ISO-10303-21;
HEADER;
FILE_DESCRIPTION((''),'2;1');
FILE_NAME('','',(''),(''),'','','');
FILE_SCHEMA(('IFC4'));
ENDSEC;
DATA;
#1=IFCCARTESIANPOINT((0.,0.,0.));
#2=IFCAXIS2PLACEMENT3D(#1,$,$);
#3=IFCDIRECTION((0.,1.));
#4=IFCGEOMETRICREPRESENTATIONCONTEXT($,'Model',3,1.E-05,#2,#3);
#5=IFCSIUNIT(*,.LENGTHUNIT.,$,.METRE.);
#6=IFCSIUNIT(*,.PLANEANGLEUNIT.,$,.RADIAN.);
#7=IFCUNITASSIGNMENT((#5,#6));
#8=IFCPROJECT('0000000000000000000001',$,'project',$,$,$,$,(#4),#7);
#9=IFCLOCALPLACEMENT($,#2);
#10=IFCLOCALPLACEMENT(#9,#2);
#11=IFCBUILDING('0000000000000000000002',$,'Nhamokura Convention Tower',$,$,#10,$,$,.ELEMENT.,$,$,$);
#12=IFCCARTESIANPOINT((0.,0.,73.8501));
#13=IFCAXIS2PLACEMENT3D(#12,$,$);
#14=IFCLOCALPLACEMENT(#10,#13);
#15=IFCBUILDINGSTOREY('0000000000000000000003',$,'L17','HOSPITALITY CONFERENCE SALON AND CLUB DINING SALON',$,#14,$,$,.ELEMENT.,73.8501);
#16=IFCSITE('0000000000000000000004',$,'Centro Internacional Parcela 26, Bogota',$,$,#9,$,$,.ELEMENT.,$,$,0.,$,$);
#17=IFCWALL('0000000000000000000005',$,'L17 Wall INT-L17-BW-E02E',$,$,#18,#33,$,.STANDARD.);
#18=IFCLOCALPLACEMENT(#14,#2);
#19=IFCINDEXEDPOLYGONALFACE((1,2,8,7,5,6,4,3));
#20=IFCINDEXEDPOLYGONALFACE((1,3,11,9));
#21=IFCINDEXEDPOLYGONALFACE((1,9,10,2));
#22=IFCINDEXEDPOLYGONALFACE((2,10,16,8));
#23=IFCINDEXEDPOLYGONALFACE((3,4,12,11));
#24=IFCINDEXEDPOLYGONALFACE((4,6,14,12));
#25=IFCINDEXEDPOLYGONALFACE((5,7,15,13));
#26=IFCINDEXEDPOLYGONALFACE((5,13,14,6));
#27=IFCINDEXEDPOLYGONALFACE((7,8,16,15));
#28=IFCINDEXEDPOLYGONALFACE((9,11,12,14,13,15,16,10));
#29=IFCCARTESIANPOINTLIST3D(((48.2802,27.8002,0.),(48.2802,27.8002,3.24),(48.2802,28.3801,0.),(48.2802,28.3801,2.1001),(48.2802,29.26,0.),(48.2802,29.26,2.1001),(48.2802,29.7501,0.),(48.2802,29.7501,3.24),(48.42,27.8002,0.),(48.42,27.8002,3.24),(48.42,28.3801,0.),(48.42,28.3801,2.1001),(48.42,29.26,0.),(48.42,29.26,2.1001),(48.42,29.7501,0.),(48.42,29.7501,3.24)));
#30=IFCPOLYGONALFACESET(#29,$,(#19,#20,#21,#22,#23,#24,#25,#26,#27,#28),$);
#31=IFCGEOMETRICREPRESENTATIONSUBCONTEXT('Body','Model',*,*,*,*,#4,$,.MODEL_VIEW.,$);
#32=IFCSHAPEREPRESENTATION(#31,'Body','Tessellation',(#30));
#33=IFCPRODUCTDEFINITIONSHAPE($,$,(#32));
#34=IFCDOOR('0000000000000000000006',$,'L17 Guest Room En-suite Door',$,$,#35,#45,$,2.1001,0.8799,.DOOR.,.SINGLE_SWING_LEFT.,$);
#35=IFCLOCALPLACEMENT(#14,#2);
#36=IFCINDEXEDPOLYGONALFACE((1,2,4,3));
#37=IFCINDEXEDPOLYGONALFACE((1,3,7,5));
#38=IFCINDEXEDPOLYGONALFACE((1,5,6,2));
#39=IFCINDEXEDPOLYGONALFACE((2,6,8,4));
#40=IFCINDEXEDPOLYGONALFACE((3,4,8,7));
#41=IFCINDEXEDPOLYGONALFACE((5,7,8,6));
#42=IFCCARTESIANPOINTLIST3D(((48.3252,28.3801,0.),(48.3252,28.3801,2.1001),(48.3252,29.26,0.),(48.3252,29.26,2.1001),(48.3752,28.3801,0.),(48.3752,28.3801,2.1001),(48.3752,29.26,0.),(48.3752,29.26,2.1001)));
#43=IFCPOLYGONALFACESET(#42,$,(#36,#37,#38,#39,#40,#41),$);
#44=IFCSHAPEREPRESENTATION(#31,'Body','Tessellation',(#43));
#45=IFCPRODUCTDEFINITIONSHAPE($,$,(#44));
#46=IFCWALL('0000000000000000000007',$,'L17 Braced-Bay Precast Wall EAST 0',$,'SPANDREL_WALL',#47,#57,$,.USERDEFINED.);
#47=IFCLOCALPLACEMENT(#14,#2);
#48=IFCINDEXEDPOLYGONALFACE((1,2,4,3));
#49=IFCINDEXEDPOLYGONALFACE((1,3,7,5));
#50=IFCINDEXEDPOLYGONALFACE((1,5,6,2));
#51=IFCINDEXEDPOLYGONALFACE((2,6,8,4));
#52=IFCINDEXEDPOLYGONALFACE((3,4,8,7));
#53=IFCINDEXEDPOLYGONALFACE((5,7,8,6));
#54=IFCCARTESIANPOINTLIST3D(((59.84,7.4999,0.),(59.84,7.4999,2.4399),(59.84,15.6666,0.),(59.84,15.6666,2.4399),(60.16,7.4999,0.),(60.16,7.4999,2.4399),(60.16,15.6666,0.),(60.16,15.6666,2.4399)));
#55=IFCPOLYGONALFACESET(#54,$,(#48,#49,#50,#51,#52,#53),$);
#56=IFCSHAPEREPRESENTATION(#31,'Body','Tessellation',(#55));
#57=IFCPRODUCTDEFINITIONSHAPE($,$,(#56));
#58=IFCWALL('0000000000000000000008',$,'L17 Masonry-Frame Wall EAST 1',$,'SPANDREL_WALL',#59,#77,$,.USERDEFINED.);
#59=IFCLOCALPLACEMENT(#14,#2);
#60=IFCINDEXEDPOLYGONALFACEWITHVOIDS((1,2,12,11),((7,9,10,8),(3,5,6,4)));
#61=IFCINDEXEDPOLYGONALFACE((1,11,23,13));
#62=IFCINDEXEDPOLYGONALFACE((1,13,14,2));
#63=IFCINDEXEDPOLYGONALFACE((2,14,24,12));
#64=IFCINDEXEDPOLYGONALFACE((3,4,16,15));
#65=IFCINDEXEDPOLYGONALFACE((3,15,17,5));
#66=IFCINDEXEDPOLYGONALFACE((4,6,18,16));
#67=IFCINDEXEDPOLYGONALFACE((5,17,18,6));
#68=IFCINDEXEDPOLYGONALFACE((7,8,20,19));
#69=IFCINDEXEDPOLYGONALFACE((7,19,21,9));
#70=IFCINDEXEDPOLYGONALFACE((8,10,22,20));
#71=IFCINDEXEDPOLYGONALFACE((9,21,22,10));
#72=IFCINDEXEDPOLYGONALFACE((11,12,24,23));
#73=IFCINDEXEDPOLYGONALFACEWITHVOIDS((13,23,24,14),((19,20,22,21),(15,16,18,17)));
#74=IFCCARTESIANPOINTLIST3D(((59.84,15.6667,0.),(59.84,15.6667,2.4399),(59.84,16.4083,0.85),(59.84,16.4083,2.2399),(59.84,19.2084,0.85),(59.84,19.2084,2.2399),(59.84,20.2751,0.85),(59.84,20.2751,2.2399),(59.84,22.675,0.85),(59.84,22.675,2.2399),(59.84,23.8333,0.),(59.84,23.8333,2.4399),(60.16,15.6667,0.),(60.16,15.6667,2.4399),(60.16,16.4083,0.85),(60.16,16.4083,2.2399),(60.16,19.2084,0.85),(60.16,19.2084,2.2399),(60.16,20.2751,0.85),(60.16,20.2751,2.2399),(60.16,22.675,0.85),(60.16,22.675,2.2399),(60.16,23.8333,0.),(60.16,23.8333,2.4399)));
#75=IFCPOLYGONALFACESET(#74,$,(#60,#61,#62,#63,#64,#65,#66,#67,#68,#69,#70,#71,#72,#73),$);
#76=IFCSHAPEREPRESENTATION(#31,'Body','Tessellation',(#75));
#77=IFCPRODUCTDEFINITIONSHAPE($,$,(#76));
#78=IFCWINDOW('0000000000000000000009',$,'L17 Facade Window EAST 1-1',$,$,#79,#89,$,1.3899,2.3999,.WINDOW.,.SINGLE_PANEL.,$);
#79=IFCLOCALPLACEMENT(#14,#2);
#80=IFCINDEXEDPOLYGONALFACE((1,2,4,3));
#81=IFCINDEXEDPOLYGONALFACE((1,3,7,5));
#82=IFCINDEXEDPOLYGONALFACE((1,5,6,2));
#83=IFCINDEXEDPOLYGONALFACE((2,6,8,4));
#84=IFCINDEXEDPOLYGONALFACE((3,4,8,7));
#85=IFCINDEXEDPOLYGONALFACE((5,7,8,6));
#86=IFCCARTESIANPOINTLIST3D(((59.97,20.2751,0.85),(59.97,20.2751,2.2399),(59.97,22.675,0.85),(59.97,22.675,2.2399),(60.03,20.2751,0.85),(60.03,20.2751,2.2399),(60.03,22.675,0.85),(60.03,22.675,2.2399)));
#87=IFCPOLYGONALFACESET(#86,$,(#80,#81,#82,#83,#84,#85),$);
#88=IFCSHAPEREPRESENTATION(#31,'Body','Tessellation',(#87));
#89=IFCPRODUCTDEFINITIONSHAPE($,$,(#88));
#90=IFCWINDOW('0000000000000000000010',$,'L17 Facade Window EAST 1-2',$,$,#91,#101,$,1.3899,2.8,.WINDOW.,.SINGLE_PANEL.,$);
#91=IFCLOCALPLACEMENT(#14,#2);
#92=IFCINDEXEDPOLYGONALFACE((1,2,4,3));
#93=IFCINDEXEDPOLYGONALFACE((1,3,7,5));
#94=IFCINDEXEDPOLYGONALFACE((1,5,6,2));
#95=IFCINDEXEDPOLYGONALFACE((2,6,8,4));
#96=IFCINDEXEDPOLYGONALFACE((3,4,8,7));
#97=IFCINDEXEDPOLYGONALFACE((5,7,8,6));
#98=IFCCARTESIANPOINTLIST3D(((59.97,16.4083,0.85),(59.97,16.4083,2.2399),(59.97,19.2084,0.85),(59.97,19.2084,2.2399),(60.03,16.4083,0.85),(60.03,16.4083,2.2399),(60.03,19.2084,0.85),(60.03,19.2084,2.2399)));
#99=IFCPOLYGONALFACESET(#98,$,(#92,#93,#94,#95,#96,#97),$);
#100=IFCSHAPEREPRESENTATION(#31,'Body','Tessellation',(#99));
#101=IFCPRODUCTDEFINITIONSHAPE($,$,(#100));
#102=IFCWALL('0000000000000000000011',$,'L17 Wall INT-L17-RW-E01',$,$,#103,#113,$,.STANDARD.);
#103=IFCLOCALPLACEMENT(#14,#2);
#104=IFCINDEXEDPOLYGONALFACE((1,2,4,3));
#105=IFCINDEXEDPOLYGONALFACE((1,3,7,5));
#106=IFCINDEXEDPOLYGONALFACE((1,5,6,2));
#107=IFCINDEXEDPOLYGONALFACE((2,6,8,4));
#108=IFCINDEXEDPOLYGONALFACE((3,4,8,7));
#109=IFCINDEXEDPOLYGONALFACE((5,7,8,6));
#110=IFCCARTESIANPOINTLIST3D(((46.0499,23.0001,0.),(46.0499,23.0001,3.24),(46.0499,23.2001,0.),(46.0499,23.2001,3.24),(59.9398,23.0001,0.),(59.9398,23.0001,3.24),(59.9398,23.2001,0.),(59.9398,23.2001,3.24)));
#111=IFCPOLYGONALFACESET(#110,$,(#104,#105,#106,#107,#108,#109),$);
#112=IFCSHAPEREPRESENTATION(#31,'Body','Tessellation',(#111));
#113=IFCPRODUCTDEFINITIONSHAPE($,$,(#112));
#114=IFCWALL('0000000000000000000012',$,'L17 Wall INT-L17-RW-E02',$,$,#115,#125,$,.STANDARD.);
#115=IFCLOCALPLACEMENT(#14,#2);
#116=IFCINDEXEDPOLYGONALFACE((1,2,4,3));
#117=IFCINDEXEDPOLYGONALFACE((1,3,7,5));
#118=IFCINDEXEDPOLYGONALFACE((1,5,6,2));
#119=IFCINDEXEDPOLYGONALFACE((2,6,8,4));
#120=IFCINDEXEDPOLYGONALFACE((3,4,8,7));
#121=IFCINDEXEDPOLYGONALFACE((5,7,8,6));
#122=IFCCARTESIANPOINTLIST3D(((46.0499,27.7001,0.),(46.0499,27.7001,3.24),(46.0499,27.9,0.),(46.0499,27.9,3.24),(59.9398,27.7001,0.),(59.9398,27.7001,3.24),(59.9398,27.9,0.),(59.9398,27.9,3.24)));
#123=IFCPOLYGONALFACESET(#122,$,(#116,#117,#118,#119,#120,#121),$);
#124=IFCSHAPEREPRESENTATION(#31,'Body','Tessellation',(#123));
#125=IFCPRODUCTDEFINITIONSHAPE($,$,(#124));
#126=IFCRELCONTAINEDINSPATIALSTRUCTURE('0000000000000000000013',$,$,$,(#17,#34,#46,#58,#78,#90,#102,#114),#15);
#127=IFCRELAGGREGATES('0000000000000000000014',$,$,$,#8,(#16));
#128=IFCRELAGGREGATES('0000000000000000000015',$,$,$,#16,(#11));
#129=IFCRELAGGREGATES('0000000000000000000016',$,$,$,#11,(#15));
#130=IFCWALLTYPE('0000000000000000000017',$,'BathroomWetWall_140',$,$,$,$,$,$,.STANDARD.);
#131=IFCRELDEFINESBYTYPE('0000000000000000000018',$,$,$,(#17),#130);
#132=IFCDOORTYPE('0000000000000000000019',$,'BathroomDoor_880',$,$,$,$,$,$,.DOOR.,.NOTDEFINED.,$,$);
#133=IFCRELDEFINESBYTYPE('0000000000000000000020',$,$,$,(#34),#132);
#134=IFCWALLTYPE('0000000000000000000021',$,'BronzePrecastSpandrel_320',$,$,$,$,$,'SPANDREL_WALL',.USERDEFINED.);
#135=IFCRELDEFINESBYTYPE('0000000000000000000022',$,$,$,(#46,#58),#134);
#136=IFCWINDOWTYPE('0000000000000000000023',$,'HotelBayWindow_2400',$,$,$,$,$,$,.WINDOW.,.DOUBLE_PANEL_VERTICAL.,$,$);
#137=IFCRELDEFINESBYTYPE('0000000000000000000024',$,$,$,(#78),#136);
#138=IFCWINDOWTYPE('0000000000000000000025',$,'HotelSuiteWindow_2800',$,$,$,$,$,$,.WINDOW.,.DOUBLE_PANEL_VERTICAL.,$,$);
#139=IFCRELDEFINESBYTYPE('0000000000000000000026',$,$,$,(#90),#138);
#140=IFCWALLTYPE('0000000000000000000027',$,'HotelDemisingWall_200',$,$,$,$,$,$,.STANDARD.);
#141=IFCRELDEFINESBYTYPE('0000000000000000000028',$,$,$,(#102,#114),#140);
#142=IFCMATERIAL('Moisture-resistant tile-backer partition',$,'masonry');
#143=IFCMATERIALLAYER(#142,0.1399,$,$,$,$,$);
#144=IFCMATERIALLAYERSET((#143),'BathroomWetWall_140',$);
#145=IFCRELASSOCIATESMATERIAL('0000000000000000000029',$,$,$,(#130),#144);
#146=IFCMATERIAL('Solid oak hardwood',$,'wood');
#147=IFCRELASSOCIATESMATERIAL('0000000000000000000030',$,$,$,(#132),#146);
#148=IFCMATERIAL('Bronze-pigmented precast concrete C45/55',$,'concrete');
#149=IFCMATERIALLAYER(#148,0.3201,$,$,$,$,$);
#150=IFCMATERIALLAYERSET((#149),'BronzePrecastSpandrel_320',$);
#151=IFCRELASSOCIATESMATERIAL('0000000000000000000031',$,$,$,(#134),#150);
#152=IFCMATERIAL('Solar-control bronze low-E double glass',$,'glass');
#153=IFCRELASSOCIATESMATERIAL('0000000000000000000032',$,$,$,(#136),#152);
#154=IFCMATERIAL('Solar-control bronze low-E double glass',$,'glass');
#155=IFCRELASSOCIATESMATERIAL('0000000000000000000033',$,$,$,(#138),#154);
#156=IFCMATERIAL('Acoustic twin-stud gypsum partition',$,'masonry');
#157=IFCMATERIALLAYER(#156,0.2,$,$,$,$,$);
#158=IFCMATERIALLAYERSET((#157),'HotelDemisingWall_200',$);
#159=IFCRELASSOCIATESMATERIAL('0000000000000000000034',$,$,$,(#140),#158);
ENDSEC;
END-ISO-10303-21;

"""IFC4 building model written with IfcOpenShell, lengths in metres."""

from ifc_helpers import new_model, si_unit, direction, frame, frame_2d, origin, place, context, subcontext, project, spatial, rectangle, extrude, material, layer, layer_set, type_object, element, fill, save


model = new_model("IFC4")

# Units and contexts
model_context = context("Model", 3, precision=1e-05, world=origin(), true_north=direction((0.0, 1.0)))
body_context = subcontext(model_context, "Body", "Model", "MODEL_VIEW")
ifc_project = project(units=[si_unit("LENGTHUNIT", "METRE"), si_unit("PLANEANGLEUNIT", "RADIAN")], contexts=[model_context])

# Site, building, storey
site_placement = place(None, origin())
site = spatial("IfcSite", under=ifc_project, at=site_placement, Name="Centro Internacional Parcela 26, Bogota", CompositionType="ELEMENT", RefElevation=0.0)
building_placement = place(site_placement, origin())
building = spatial("IfcBuilding", under=site, at=building_placement, Name="Nhamokura Convention Tower", CompositionType="ELEMENT")
storey_placement = place(building_placement, frame((0.0, 0.0, 73.8501)))
storey = spatial("IfcBuildingStorey", under=building, at=storey_placement, Name="L17", Description="HOSPITALITY CONFERENCE SALON AND CLUB DINING SALON", CompositionType="ELEMENT", Elevation=73.8501)

# Shared definitions
ifc_material_1 = material(Name="Moisture-resistant tile-backer partition", Category="masonry")
ifc_layer_1 = layer(ifc_material_1, 0.1399)
ifc_layer_set_1 = layer_set([ifc_layer_1], Name="BathroomWetWall_140")
wall_type_1 = type_object("IfcWallType", Name="BathroomWetWall_140", PredefinedType="STANDARD", material=ifc_layer_set_1)
ifc_material_2 = material(Name="Solid oak hardwood", Category="wood")
door_type_1 = type_object("IfcDoorType", Name="BathroomDoor_880", OperationType="NOTDEFINED", PredefinedType="DOOR", material=ifc_material_2)

# Wall, opening, door
wall_1_placement = place(storey_placement, frame((48.3501, 27.8, 0.0), z_axis=(0.0, 0.0, 1.0), x_axis=(0.0, 1.0, 0.0)))
wall_1 = element("IfcWall", 1, at=wall_1_placement, inside=storey, type_object=wall_type_1, Name="L17 Wall INT-L17-BW-E02E", PredefinedType="STANDARD", context=body_context, shape_type="SweptSolid", body=[
    extrude(rectangle(XDim=1.95, YDim=0.1399, at=frame_2d((0.9751, 0.0))), origin(), (0.0, 0.0, 1.0), 3.24),
])
opening_1_placement = place(wall_1_placement, frame((0.5801, 0.0, 0.0)))
opening_1 = element("IfcOpeningElement", 2, at=opening_1_placement, cuts=wall_1, PredefinedType="OPENING", context=body_context, shape_type="SweptSolid", body=[
    extrude(rectangle(XDim=0.8799, YDim=2.1001, at=frame_2d((0.4399, 1.05))), frame((0.0, 0.0798, 0.0), z_axis=(0.0, -1.0, 0.0), x_axis=(1.0, 0.0, 0.0)), (0.0, 0.0, 1.0), 0.1599),
])
door_1_placement = place(opening_1_placement, origin())
door_1 = element("IfcDoor", 3, at=door_1_placement, inside=storey, type_object=door_type_1, Name="L17 Guest Room En-suite Door", OperationType="SINGLE_SWING_LEFT", OverallHeight=2.1001, OverallWidth=0.8799, PredefinedType="DOOR", context=body_context, shape_type="SweptSolid", body=[
    extrude(rectangle(XDim=0.8799, YDim=2.1001, at=frame_2d((0.4399, 1.05))), frame((0.0, 0.0249, 0.0), z_axis=(0.0, -1.0, 0.0), x_axis=(1.0, 0.0, 0.0)), (0.0, 0.0, 1.0), 0.05),
])
fill(opening_1, door_1)

# Wall
ifc_material_3 = material(Name="Bronze-pigmented precast concrete C45/55", Category="concrete")
ifc_layer_2 = layer(ifc_material_3, 0.3201)
ifc_layer_set_2 = layer_set([ifc_layer_2], Name="BronzePrecastSpandrel_320")
wall_type_2 = type_object("IfcWallType", Name="BronzePrecastSpandrel_320", ElementType="SPANDREL_WALL", PredefinedType="USERDEFINED", material=ifc_layer_set_2)
wall_2_placement = place(storey_placement, frame((60.0, 15.6667, 0.0), z_axis=(0.0, 0.0, 1.0), x_axis=(0.0, -1.0, 0.0)))
element("IfcWall", 4, at=wall_2_placement, inside=storey, type_object=wall_type_2, Name="L17 Braced-Bay Precast Wall EAST 0", ObjectType="SPANDREL_WALL", PredefinedType="USERDEFINED", context=body_context, shape_type="SweptSolid", body=[
    extrude(rectangle(XDim=8.1667, YDim=0.3201, at=frame_2d((4.0835, 0.0))), origin(), (0.0, 0.0, 1.0), 2.4399),
])

# Wall, openings, windows
wall_3_placement = place(storey_placement, frame((60.0, 23.8333, 0.0), z_axis=(0.0, 0.0, 1.0), x_axis=(0.0, -1.0, 0.0)))
wall_3 = element("IfcWall", 5, at=wall_3_placement, inside=storey, type_object=wall_type_2, Name="L17 Masonry-Frame Wall EAST 1", ObjectType="SPANDREL_WALL", PredefinedType="USERDEFINED", context=body_context, shape_type="SweptSolid", body=[
    extrude(rectangle(XDim=8.1665, YDim=0.3201, at=frame_2d((4.0833, 0.0))), origin(), (0.0, 0.0, 1.0), 2.4399),
])
opening_2_placement = place(wall_3_placement, frame((1.1582, 0.0, 0.8501)))
opening_2 = element("IfcOpeningElement", 6, at=opening_2_placement, cuts=wall_3, PredefinedType="OPENING", context=body_context, shape_type="SweptSolid", body=[
    extrude(rectangle(XDim=2.3999, YDim=1.3899, at=frame_2d((1.2, 0.6948))), frame((0.0, 0.1699, 0.0), z_axis=(0.0, -1.0, 0.0), x_axis=(1.0, 0.0, 0.0)), (0.0, 0.0, 1.0), 0.3401),
])
opening_3_placement = place(wall_3_placement, frame((4.625, 0.0, 0.8501)))
opening_3 = element("IfcOpeningElement", 7, at=opening_3_placement, cuts=wall_3, PredefinedType="OPENING", context=body_context, shape_type="SweptSolid", body=[
    extrude(rectangle(XDim=2.8, YDim=1.3899, at=frame_2d((1.3999, 0.6948))), frame((0.0, 0.1699, 0.0), z_axis=(0.0, -1.0, 0.0), x_axis=(1.0, 0.0, 0.0)), (0.0, 0.0, 1.0), 0.3401),
])
ifc_material_4 = material(Name="Solar-control bronze low-E double glass", Category="glass")
window_type_1 = type_object("IfcWindowType", Name="HotelBayWindow_2400", PartitioningType="DOUBLE_PANEL_VERTICAL", PredefinedType="WINDOW", material=ifc_material_4)
window_1_placement = place(opening_2_placement, origin())
window_1 = element("IfcWindow", 8, at=window_1_placement, inside=storey, type_object=window_type_1, Name="L17 Facade Window EAST 1-1", OverallHeight=1.3899, OverallWidth=2.3999, PartitioningType="SINGLE_PANEL", PredefinedType="WINDOW", context=body_context, shape_type="SweptSolid", body=[
    extrude(rectangle(XDim=2.3999, YDim=1.3899, at=frame_2d((1.2, 0.6948))), frame((0.0, 0.03, 0.0), z_axis=(0.0, -1.0, 0.0), x_axis=(1.0, 0.0, 0.0)), (0.0, 0.0, 1.0), 0.0601),
])
fill(opening_2, window_1)
ifc_material_5 = material(Name="Solar-control bronze low-E double glass", Category="glass")
window_type_2 = type_object("IfcWindowType", Name="HotelSuiteWindow_2800", PartitioningType="DOUBLE_PANEL_VERTICAL", PredefinedType="WINDOW", material=ifc_material_5)
window_2_placement = place(opening_3_placement, origin())
window_2 = element("IfcWindow", 9, at=window_2_placement, inside=storey, type_object=window_type_2, Name="L17 Facade Window EAST 1-2", OverallHeight=1.3899, OverallWidth=2.8, PartitioningType="SINGLE_PANEL", PredefinedType="WINDOW", context=body_context, shape_type="SweptSolid", body=[
    extrude(rectangle(XDim=2.8, YDim=1.3899, at=frame_2d((1.3999, 0.6948))), frame((0.0, 0.03, 0.0), z_axis=(0.0, -1.0, 0.0), x_axis=(1.0, 0.0, 0.0)), (0.0, 0.0, 1.0), 0.0601),
])
fill(opening_3, window_2)

# Walls
ifc_material_6 = material(Name="Acoustic twin-stud gypsum partition", Category="masonry")
ifc_layer_3 = layer(ifc_material_6, 0.2)
ifc_layer_set_3 = layer_set([ifc_layer_3], Name="HotelDemisingWall_200")
wall_type_3 = type_object("IfcWallType", Name="HotelDemisingWall_200", PredefinedType="STANDARD", material=ifc_layer_set_3)
for number, where, z_axis, x_axis, name in (
    (10, (46.05, 23.1001, 0.0), (0.0, 0.0, 1.0), (1.0, 0.0, 0.0), "L17 Wall INT-L17-RW-E01"),
    (11, (46.05, 27.8, 0.0), (0.0, 0.0, 1.0), (1.0, 0.0, 0.0), "L17 Wall INT-L17-RW-E02"),
):
    element("IfcWall", number, at=place(storey_placement, frame(where, z_axis=z_axis, x_axis=x_axis)), inside=storey, type_object=wall_type_3, Name=name, PredefinedType="STANDARD", context=body_context, shape_type="SweptSolid", body=[
        extrude(rectangle(XDim=13.8899, YDim=0.2, at=frame_2d((6.9448, 0.0))), origin(), (0.0, 0.0, 1.0), 3.24),
    ])

save(model, "model.ifc")
